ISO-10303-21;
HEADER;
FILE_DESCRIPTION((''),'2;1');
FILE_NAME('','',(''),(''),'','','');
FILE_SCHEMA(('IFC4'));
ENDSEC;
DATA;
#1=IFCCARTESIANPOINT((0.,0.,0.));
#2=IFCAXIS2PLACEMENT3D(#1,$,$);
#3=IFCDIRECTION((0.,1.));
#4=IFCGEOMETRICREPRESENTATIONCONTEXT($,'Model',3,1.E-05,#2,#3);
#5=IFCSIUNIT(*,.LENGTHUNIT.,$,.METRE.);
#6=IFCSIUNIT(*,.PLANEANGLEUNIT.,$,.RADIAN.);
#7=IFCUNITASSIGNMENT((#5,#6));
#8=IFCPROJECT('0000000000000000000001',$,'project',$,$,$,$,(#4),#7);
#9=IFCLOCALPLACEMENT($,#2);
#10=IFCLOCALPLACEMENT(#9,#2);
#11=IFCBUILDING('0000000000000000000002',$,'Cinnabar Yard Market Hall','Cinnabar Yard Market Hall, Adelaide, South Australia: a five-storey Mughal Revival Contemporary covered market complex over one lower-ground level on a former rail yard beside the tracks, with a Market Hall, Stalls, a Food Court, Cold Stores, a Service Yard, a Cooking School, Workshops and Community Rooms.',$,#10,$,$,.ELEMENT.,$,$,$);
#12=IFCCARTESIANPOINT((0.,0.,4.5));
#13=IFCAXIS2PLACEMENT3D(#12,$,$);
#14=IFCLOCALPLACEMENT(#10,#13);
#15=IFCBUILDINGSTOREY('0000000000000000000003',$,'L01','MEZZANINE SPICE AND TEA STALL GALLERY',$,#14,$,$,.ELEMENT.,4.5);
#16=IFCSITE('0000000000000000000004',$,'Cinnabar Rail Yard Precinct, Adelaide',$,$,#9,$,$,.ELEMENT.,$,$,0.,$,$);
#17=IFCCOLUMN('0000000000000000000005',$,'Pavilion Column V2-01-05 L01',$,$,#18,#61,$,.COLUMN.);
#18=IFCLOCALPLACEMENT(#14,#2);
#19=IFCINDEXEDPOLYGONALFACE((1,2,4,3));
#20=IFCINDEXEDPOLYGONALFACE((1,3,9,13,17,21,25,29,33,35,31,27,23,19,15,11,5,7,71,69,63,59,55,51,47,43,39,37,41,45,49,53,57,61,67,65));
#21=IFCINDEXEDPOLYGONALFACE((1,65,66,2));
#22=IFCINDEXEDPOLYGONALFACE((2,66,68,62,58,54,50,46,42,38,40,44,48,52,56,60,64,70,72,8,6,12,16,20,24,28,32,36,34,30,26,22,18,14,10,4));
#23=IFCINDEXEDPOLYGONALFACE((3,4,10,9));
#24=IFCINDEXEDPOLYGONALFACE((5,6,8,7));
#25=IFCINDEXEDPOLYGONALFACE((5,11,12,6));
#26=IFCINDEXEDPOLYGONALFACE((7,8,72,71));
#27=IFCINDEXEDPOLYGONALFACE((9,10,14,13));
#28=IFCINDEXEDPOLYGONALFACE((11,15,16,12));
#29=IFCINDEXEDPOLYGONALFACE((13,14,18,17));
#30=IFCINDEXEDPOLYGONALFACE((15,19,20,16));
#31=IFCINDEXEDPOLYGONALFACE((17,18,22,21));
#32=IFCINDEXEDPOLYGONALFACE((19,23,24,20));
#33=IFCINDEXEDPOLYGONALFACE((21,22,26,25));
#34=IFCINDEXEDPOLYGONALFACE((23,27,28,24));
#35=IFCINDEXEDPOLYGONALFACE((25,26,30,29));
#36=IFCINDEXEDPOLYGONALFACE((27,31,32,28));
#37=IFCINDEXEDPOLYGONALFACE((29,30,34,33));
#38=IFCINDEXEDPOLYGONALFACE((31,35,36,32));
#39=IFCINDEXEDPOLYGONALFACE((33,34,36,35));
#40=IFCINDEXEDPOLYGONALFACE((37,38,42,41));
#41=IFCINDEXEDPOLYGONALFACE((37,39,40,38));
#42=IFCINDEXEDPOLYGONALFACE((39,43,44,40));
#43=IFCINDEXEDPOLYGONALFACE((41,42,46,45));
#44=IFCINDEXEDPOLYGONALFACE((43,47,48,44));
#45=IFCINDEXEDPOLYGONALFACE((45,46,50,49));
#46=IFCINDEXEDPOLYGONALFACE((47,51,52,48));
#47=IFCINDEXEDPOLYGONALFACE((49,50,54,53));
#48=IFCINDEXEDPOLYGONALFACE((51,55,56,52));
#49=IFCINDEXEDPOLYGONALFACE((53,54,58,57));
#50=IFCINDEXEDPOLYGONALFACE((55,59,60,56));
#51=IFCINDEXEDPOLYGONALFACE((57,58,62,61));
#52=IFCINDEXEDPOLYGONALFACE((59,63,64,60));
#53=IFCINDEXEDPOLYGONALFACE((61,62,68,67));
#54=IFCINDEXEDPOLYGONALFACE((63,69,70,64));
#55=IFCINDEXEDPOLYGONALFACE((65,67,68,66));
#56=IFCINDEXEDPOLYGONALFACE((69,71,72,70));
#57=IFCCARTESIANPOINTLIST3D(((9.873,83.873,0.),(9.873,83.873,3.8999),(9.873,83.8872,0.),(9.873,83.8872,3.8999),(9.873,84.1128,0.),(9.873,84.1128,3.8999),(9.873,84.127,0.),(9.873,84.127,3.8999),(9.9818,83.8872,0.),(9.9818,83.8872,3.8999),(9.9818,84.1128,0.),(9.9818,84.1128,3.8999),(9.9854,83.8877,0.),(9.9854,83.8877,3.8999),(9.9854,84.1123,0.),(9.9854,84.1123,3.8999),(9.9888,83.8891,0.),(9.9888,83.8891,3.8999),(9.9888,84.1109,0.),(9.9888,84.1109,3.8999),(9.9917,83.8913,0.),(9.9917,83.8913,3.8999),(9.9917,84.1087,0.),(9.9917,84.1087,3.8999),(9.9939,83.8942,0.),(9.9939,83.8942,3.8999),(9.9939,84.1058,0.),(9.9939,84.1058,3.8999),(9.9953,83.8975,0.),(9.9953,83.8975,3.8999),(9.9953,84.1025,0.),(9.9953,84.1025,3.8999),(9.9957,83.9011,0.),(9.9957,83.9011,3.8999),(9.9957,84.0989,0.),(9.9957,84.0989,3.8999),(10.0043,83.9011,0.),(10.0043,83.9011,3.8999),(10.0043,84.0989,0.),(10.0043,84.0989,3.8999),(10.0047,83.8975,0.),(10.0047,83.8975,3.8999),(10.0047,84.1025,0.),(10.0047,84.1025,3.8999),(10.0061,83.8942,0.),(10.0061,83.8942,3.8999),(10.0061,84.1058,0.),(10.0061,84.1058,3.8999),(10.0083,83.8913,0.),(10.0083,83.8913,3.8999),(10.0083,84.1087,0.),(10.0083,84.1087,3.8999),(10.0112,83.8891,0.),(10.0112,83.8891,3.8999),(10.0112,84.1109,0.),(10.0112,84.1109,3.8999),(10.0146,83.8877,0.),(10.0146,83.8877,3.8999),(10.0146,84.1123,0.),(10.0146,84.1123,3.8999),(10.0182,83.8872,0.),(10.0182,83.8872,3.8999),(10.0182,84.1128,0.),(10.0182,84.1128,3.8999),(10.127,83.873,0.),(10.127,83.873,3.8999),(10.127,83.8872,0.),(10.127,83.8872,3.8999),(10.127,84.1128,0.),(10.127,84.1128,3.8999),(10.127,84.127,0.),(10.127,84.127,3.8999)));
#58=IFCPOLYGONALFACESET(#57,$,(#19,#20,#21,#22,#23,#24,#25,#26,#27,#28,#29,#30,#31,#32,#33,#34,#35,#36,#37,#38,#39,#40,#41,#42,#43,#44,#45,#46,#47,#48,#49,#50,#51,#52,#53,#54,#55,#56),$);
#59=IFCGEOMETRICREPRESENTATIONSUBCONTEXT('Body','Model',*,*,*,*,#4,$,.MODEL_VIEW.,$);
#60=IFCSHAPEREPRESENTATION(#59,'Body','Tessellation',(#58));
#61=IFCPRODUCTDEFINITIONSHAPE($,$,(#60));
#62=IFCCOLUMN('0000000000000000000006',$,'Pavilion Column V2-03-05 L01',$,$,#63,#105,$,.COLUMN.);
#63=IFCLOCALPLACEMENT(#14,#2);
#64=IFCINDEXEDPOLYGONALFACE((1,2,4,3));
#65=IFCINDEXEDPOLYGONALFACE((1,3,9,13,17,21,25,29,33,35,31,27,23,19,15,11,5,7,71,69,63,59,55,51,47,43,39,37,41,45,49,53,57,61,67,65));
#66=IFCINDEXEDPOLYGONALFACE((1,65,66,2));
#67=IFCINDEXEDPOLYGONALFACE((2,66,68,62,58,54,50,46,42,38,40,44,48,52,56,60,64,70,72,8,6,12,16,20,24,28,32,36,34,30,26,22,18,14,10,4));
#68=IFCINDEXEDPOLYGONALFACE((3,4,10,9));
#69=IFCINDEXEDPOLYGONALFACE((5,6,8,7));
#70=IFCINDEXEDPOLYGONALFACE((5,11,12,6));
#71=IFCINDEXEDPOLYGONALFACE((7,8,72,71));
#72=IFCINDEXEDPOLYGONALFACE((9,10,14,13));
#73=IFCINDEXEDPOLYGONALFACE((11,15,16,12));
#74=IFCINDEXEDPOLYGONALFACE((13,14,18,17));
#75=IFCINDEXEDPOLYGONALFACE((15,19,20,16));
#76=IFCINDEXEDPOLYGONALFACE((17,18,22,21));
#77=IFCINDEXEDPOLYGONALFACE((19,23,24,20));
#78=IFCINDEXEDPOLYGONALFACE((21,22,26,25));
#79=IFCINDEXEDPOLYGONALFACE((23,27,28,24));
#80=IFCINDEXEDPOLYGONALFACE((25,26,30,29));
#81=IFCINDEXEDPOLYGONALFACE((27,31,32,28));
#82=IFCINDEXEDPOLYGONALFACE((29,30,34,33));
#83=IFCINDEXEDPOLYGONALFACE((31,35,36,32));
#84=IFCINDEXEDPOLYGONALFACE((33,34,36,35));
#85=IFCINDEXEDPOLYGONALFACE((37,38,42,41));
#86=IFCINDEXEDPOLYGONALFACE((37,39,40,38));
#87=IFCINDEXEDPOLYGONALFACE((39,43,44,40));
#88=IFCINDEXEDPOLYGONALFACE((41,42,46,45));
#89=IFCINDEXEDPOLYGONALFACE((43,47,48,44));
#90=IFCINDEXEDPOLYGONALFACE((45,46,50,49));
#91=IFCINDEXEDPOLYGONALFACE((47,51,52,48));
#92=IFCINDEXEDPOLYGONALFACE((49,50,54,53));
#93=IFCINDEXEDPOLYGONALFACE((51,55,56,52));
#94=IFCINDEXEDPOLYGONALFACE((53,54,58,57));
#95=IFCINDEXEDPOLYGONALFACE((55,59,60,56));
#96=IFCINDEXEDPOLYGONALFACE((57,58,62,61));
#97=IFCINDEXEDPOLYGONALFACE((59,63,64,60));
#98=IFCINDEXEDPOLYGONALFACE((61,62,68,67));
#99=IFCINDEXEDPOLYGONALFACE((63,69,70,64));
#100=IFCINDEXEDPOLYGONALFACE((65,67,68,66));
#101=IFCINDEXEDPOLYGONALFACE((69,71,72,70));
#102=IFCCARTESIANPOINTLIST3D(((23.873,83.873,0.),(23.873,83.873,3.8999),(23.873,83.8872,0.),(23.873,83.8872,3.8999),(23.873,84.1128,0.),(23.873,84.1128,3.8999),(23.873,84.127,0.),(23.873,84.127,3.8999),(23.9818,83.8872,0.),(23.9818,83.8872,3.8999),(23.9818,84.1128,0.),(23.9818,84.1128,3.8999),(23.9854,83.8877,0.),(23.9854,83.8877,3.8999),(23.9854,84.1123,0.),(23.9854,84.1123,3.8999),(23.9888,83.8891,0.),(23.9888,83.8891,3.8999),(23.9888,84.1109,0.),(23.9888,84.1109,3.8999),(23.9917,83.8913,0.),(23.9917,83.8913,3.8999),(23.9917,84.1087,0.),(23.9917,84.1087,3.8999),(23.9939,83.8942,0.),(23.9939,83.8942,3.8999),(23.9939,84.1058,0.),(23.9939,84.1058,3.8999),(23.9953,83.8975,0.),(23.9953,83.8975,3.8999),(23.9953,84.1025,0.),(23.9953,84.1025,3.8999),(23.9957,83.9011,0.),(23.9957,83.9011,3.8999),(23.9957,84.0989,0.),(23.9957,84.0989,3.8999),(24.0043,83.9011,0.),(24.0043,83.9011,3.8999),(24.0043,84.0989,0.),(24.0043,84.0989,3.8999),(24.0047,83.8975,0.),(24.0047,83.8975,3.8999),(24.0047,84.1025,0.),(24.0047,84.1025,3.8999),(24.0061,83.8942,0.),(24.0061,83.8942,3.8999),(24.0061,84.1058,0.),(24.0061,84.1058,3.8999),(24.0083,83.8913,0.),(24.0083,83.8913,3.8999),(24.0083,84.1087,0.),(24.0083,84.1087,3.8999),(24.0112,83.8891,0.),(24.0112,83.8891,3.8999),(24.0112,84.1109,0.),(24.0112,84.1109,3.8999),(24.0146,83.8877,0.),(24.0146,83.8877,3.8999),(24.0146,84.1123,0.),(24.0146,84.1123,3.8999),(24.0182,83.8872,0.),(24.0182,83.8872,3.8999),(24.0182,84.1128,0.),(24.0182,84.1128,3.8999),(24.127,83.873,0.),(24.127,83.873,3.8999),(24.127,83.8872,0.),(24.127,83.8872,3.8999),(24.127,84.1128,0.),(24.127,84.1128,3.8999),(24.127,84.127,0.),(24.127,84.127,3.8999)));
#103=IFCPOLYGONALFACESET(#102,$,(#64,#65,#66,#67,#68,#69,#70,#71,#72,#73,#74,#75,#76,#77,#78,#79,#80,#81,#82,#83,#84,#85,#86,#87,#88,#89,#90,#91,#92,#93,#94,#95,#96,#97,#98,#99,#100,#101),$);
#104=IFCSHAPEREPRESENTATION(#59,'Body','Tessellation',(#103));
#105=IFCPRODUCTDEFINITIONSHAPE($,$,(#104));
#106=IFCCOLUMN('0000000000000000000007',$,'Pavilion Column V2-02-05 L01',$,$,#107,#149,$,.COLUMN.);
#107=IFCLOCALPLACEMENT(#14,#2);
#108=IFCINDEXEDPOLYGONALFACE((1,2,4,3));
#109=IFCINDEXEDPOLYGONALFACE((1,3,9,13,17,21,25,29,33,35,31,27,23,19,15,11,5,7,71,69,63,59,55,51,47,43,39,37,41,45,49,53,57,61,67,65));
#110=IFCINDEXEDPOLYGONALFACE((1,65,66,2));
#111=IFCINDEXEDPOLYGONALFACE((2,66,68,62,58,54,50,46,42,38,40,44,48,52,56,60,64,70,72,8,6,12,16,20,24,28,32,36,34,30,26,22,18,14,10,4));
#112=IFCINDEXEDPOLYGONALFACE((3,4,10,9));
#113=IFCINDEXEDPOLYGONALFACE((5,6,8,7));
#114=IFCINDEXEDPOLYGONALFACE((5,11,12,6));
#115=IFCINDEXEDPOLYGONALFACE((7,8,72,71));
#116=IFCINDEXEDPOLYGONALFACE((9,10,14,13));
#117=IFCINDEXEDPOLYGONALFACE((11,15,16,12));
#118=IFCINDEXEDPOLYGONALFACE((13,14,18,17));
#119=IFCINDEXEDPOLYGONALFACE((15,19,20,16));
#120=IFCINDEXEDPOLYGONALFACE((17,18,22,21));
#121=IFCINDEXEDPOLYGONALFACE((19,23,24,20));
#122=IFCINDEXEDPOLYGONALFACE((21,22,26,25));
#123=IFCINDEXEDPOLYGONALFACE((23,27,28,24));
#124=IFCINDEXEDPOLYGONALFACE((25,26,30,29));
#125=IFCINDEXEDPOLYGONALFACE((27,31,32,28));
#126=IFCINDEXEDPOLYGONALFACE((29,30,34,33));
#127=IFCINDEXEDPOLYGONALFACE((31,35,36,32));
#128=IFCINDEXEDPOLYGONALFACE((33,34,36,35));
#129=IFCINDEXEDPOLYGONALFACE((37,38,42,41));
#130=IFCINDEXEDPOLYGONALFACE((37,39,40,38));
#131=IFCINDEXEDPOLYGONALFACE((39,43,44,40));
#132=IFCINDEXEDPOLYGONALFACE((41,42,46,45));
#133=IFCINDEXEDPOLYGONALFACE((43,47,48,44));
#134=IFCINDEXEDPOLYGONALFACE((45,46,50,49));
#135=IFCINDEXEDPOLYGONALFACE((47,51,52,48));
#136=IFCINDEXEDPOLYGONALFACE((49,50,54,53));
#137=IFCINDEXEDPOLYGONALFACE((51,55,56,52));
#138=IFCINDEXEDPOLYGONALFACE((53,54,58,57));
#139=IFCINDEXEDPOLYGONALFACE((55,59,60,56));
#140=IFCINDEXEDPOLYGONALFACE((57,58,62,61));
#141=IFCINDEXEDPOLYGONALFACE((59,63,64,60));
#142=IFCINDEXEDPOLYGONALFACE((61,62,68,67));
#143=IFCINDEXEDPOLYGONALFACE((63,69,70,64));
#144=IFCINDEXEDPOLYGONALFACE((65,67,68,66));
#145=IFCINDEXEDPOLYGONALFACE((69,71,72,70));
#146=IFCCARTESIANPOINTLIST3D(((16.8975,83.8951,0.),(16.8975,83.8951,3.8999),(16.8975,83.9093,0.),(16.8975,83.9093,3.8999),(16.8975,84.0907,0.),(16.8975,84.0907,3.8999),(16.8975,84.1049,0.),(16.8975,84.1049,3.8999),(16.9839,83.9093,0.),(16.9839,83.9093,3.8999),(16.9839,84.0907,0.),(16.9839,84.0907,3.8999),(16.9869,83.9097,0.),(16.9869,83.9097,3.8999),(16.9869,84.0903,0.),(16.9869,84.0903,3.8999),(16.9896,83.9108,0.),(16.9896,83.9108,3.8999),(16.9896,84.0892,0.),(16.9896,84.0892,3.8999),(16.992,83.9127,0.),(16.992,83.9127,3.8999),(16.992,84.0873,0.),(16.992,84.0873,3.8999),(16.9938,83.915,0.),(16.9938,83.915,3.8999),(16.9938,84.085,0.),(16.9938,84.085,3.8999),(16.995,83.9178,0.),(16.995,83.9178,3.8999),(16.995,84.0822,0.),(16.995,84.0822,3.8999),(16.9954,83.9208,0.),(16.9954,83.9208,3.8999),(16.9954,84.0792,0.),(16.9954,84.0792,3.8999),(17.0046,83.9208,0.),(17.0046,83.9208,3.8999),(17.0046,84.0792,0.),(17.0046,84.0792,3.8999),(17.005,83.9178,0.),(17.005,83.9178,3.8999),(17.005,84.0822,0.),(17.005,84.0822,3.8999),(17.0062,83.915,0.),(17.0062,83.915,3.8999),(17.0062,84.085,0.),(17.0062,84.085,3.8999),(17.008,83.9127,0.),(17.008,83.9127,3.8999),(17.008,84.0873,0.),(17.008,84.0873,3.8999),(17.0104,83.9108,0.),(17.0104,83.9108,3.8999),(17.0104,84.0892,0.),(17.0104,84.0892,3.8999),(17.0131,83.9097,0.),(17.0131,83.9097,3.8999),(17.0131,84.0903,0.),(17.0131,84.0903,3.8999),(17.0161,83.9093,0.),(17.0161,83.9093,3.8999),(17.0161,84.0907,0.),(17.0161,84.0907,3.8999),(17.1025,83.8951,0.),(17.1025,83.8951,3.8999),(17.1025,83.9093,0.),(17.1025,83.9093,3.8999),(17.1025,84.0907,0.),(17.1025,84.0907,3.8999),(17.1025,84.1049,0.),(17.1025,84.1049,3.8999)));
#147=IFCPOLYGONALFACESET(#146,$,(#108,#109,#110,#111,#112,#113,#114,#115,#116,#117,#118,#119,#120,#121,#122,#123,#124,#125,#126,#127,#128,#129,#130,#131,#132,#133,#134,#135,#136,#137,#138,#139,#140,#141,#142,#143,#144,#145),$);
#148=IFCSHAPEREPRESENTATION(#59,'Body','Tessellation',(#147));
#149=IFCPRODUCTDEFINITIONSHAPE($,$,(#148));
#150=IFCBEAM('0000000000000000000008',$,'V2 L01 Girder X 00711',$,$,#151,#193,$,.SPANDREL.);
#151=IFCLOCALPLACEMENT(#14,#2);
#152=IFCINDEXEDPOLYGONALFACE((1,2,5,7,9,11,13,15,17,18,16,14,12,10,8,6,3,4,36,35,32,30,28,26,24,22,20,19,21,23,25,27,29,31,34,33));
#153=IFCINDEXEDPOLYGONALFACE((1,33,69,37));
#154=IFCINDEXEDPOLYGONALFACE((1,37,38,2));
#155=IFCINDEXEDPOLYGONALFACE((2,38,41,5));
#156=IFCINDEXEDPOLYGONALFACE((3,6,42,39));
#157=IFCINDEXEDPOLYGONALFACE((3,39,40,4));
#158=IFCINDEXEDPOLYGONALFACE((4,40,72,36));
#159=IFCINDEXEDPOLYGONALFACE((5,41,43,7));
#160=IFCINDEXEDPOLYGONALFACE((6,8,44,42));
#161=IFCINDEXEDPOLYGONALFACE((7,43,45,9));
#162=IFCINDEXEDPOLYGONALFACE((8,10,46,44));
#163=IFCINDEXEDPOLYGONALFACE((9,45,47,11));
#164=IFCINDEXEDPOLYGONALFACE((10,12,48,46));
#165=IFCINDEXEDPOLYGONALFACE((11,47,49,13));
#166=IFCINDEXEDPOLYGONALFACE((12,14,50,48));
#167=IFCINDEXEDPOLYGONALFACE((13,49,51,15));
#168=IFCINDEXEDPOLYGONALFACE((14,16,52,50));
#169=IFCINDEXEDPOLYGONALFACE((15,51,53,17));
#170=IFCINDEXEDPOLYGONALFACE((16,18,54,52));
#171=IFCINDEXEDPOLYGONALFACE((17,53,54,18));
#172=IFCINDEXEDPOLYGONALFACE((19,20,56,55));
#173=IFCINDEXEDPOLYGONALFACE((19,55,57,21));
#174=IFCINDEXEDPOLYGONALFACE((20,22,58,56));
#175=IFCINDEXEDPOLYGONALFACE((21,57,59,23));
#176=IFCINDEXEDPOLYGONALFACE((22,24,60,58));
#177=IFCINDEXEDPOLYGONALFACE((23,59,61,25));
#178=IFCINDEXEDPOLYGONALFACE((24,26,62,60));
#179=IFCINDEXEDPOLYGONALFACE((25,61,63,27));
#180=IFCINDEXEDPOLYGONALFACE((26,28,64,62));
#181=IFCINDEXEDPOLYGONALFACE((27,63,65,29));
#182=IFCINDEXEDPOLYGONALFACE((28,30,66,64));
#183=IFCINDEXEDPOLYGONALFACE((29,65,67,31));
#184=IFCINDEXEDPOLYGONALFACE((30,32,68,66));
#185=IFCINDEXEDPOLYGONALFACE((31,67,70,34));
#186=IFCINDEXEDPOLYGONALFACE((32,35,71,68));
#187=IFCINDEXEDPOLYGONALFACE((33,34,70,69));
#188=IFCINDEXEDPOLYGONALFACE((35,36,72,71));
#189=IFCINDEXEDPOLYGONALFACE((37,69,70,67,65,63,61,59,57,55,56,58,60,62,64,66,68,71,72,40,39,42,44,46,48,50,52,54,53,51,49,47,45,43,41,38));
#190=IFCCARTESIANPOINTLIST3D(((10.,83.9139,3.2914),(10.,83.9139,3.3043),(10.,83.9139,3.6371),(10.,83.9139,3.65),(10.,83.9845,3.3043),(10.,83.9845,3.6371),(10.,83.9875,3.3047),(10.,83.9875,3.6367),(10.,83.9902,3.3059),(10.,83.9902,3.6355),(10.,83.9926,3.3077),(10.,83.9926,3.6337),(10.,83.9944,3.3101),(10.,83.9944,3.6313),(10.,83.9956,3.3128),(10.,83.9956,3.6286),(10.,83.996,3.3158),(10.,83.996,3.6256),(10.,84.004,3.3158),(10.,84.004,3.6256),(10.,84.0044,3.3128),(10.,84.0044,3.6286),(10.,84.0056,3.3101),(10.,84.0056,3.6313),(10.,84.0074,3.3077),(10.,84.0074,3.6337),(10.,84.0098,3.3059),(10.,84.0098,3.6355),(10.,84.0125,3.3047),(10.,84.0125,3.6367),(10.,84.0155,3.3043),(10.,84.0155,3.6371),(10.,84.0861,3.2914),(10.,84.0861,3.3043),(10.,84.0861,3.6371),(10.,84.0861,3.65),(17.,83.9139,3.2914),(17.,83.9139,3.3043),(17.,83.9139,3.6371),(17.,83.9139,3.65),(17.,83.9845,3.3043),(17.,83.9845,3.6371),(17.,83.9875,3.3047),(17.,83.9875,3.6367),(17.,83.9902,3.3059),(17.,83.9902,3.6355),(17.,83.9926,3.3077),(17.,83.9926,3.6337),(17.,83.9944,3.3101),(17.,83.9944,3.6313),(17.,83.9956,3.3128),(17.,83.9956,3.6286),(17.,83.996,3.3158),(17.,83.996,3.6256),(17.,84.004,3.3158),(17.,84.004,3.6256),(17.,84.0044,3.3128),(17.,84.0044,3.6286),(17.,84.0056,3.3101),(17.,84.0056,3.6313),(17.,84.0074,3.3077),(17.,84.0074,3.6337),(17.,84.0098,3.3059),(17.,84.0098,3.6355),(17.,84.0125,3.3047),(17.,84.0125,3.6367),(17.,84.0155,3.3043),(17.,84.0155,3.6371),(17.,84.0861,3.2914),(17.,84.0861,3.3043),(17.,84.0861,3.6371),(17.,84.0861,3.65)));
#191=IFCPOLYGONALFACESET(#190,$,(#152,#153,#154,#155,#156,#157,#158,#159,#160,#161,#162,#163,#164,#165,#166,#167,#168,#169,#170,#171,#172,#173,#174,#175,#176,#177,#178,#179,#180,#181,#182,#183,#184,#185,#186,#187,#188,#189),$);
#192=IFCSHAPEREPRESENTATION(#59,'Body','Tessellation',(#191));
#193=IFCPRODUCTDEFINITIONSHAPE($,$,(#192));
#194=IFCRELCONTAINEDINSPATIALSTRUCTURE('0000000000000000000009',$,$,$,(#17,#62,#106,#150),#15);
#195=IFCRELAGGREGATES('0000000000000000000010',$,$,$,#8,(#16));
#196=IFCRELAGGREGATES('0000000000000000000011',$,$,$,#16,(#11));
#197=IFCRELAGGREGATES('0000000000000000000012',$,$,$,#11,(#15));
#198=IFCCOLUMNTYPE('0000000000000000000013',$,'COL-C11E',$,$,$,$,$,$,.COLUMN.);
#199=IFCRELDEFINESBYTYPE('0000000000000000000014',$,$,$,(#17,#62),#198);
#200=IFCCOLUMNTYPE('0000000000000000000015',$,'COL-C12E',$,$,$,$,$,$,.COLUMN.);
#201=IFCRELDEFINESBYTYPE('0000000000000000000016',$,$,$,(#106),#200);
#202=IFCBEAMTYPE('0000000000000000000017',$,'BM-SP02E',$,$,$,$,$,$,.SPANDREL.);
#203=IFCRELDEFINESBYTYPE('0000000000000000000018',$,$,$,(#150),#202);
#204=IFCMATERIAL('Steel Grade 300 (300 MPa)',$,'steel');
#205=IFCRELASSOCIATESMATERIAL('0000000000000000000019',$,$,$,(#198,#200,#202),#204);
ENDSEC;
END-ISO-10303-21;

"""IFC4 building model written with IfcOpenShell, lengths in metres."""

from ifc_helpers import new_model, si_unit, direction, frame, origin, origin_2d_with_axis, place, context, subcontext, project, spatial, i_section, extrude, material, material_profile, profile_set, type_object, element, save


model = new_model("IFC4")

# Units and contexts
model_context = context("Model", 3, precision=1e-05, world=origin(), true_north=direction((0.0, 1.0)))
body_context = subcontext(model_context, "Body", "Model", "MODEL_VIEW")
ifc_project = project(units=[si_unit("LENGTHUNIT", "METRE"), si_unit("PLANEANGLEUNIT", "RADIAN")], contexts=[model_context])

# Site, building, storey
site_placement = place(None, origin())
site = spatial("IfcSite", under=ifc_project, at=site_placement, Name="Cinnabar Rail Yard Precinct, Adelaide", CompositionType="ELEMENT", RefElevation=0.0)
building_placement = place(site_placement, origin())
building = spatial("IfcBuilding", under=site, at=building_placement, Name="Cinnabar Yard Market Hall", Description="Cinnabar Yard Market Hall, Adelaide, South Australia: a five-storey Mughal Revival Contemporary covered market complex over one lower-ground level on a former rail yard beside the tracks, with a Market Hall, Stalls, a Food Court, Cold Stores, a Service Yard, a Cooking School, Workshops and Community Rooms.", CompositionType="ELEMENT")
storey_placement = place(building_placement, frame((0.0, 0.0, 4.5)))
storey = spatial("IfcBuildingStorey", under=building, at=storey_placement, Name="L01", Description="MEZZANINE SPICE AND TEA STALL GALLERY", CompositionType="ELEMENT", Elevation=4.5)

# Columns
ifc_material_1 = material(Name="Steel Grade 300 (300 MPa)", Category="steel")
ifc_material_profile_1 = material_profile(ifc_material_1, i_section(OverallWidth=0.2539, OverallDepth=0.2539, WebThickness=0.0085, FlangeThickness=0.0142, FilletRadius=0.0139, at=origin_2d_with_axis()), Name="250UC72.9")
ifc_profile_set_1 = profile_set([ifc_material_profile_1], Name="Steel Grade 300 (300 MPa)")
column_type_1 = type_object("IfcColumnType", Name="COL-C11E", PredefinedType="COLUMN", material=ifc_profile_set_1)
for number, where, z_axis, x_axis, name in (
    (1, (10.0, 84.0, 0.0), (0.0, 0.0, 1.0), (1.0, 0.0, 0.0), "Pavilion Column V2-01-05 L01"),
    (2, (24.0, 84.0, 0.0), (0.0, 0.0, 1.0), (1.0, 0.0, 0.0), "Pavilion Column V2-03-05 L01"),
):
    element("IfcColumn", number, at=place(storey_placement, frame(where, z_axis=z_axis, x_axis=x_axis)), inside=storey, type_object=column_type_1, Name=name, PredefinedType="COLUMN", context=body_context, shape_type="SweptSolid", body=[
        extrude(i_section(OverallWidth=0.2539, OverallDepth=0.2539, WebThickness=0.0085, FlangeThickness=0.0142, FilletRadius=0.0139, at=origin_2d_with_axis()), origin(), (0.0, 0.0, 1.0), 3.8999),
    ])
ifc_material_profile_2 = material_profile(ifc_material_1, i_section(OverallWidth=0.2051, OverallDepth=0.2097, WebThickness=0.0093, FlangeThickness=0.0142, FilletRadius=0.0115, at=origin_2d_with_axis()), Name="200UC59.5")
ifc_profile_set_2 = profile_set([ifc_material_profile_2], Name="Steel Grade 300 (300 MPa)")
column_type_2 = type_object("IfcColumnType", Name="COL-C12E", PredefinedType="COLUMN", material=ifc_profile_set_2)
column_placement = place(storey_placement, frame((17.0, 84.0, 0.0), z_axis=(0.0, 0.0, 1.0), x_axis=(1.0, 0.0, 0.0)))
element("IfcColumn", 3, at=column_placement, inside=storey, type_object=column_type_2, Name="Pavilion Column V2-02-05 L01", PredefinedType="COLUMN", context=body_context, shape_type="SweptSolid", body=[
    extrude(i_section(OverallWidth=0.2051, OverallDepth=0.2097, WebThickness=0.0093, FlangeThickness=0.0142, FilletRadius=0.0115, at=origin_2d_with_axis()), origin(), (0.0, 0.0, 1.0), 3.8999),
])

# Beam
ifc_material_profile_3 = material_profile(ifc_material_1, i_section(OverallWidth=0.1721, OverallDepth=0.3586, WebThickness=0.0081, FlangeThickness=0.0129, FilletRadius=0.0115, at=origin_2d_with_axis()), Name="360UB56.7")
ifc_profile_set_3 = profile_set([ifc_material_profile_3], Name="Steel Grade 300 (300 MPa)")
beam_type = type_object("IfcBeamType", Name="BM-SP02E", PredefinedType="SPANDREL", material=ifc_profile_set_3)
for number, where, z_axis, x_axis, name in (
    (4, (10.0, 84.0, 3.4707), (1.0, 0.0, 0.0), (0.0, 1.0, 0.0), "V2 L01 Girder X 00711"),
):
    element("IfcBeam", number, at=place(storey_placement, frame(where, z_axis=z_axis, x_axis=x_axis)), inside=storey, type_object=beam_type, Name=name, PredefinedType="SPANDREL", context=body_context, shape_type="SweptSolid", body=[
        extrude(i_section(OverallWidth=0.1721, OverallDepth=0.3586, WebThickness=0.0081, FlangeThickness=0.0129, FilletRadius=0.0115, at=origin_2d_with_axis()), origin(), (0.0, 0.0, 1.0), 7.0),
    ])

save(model, "model.ifc")
